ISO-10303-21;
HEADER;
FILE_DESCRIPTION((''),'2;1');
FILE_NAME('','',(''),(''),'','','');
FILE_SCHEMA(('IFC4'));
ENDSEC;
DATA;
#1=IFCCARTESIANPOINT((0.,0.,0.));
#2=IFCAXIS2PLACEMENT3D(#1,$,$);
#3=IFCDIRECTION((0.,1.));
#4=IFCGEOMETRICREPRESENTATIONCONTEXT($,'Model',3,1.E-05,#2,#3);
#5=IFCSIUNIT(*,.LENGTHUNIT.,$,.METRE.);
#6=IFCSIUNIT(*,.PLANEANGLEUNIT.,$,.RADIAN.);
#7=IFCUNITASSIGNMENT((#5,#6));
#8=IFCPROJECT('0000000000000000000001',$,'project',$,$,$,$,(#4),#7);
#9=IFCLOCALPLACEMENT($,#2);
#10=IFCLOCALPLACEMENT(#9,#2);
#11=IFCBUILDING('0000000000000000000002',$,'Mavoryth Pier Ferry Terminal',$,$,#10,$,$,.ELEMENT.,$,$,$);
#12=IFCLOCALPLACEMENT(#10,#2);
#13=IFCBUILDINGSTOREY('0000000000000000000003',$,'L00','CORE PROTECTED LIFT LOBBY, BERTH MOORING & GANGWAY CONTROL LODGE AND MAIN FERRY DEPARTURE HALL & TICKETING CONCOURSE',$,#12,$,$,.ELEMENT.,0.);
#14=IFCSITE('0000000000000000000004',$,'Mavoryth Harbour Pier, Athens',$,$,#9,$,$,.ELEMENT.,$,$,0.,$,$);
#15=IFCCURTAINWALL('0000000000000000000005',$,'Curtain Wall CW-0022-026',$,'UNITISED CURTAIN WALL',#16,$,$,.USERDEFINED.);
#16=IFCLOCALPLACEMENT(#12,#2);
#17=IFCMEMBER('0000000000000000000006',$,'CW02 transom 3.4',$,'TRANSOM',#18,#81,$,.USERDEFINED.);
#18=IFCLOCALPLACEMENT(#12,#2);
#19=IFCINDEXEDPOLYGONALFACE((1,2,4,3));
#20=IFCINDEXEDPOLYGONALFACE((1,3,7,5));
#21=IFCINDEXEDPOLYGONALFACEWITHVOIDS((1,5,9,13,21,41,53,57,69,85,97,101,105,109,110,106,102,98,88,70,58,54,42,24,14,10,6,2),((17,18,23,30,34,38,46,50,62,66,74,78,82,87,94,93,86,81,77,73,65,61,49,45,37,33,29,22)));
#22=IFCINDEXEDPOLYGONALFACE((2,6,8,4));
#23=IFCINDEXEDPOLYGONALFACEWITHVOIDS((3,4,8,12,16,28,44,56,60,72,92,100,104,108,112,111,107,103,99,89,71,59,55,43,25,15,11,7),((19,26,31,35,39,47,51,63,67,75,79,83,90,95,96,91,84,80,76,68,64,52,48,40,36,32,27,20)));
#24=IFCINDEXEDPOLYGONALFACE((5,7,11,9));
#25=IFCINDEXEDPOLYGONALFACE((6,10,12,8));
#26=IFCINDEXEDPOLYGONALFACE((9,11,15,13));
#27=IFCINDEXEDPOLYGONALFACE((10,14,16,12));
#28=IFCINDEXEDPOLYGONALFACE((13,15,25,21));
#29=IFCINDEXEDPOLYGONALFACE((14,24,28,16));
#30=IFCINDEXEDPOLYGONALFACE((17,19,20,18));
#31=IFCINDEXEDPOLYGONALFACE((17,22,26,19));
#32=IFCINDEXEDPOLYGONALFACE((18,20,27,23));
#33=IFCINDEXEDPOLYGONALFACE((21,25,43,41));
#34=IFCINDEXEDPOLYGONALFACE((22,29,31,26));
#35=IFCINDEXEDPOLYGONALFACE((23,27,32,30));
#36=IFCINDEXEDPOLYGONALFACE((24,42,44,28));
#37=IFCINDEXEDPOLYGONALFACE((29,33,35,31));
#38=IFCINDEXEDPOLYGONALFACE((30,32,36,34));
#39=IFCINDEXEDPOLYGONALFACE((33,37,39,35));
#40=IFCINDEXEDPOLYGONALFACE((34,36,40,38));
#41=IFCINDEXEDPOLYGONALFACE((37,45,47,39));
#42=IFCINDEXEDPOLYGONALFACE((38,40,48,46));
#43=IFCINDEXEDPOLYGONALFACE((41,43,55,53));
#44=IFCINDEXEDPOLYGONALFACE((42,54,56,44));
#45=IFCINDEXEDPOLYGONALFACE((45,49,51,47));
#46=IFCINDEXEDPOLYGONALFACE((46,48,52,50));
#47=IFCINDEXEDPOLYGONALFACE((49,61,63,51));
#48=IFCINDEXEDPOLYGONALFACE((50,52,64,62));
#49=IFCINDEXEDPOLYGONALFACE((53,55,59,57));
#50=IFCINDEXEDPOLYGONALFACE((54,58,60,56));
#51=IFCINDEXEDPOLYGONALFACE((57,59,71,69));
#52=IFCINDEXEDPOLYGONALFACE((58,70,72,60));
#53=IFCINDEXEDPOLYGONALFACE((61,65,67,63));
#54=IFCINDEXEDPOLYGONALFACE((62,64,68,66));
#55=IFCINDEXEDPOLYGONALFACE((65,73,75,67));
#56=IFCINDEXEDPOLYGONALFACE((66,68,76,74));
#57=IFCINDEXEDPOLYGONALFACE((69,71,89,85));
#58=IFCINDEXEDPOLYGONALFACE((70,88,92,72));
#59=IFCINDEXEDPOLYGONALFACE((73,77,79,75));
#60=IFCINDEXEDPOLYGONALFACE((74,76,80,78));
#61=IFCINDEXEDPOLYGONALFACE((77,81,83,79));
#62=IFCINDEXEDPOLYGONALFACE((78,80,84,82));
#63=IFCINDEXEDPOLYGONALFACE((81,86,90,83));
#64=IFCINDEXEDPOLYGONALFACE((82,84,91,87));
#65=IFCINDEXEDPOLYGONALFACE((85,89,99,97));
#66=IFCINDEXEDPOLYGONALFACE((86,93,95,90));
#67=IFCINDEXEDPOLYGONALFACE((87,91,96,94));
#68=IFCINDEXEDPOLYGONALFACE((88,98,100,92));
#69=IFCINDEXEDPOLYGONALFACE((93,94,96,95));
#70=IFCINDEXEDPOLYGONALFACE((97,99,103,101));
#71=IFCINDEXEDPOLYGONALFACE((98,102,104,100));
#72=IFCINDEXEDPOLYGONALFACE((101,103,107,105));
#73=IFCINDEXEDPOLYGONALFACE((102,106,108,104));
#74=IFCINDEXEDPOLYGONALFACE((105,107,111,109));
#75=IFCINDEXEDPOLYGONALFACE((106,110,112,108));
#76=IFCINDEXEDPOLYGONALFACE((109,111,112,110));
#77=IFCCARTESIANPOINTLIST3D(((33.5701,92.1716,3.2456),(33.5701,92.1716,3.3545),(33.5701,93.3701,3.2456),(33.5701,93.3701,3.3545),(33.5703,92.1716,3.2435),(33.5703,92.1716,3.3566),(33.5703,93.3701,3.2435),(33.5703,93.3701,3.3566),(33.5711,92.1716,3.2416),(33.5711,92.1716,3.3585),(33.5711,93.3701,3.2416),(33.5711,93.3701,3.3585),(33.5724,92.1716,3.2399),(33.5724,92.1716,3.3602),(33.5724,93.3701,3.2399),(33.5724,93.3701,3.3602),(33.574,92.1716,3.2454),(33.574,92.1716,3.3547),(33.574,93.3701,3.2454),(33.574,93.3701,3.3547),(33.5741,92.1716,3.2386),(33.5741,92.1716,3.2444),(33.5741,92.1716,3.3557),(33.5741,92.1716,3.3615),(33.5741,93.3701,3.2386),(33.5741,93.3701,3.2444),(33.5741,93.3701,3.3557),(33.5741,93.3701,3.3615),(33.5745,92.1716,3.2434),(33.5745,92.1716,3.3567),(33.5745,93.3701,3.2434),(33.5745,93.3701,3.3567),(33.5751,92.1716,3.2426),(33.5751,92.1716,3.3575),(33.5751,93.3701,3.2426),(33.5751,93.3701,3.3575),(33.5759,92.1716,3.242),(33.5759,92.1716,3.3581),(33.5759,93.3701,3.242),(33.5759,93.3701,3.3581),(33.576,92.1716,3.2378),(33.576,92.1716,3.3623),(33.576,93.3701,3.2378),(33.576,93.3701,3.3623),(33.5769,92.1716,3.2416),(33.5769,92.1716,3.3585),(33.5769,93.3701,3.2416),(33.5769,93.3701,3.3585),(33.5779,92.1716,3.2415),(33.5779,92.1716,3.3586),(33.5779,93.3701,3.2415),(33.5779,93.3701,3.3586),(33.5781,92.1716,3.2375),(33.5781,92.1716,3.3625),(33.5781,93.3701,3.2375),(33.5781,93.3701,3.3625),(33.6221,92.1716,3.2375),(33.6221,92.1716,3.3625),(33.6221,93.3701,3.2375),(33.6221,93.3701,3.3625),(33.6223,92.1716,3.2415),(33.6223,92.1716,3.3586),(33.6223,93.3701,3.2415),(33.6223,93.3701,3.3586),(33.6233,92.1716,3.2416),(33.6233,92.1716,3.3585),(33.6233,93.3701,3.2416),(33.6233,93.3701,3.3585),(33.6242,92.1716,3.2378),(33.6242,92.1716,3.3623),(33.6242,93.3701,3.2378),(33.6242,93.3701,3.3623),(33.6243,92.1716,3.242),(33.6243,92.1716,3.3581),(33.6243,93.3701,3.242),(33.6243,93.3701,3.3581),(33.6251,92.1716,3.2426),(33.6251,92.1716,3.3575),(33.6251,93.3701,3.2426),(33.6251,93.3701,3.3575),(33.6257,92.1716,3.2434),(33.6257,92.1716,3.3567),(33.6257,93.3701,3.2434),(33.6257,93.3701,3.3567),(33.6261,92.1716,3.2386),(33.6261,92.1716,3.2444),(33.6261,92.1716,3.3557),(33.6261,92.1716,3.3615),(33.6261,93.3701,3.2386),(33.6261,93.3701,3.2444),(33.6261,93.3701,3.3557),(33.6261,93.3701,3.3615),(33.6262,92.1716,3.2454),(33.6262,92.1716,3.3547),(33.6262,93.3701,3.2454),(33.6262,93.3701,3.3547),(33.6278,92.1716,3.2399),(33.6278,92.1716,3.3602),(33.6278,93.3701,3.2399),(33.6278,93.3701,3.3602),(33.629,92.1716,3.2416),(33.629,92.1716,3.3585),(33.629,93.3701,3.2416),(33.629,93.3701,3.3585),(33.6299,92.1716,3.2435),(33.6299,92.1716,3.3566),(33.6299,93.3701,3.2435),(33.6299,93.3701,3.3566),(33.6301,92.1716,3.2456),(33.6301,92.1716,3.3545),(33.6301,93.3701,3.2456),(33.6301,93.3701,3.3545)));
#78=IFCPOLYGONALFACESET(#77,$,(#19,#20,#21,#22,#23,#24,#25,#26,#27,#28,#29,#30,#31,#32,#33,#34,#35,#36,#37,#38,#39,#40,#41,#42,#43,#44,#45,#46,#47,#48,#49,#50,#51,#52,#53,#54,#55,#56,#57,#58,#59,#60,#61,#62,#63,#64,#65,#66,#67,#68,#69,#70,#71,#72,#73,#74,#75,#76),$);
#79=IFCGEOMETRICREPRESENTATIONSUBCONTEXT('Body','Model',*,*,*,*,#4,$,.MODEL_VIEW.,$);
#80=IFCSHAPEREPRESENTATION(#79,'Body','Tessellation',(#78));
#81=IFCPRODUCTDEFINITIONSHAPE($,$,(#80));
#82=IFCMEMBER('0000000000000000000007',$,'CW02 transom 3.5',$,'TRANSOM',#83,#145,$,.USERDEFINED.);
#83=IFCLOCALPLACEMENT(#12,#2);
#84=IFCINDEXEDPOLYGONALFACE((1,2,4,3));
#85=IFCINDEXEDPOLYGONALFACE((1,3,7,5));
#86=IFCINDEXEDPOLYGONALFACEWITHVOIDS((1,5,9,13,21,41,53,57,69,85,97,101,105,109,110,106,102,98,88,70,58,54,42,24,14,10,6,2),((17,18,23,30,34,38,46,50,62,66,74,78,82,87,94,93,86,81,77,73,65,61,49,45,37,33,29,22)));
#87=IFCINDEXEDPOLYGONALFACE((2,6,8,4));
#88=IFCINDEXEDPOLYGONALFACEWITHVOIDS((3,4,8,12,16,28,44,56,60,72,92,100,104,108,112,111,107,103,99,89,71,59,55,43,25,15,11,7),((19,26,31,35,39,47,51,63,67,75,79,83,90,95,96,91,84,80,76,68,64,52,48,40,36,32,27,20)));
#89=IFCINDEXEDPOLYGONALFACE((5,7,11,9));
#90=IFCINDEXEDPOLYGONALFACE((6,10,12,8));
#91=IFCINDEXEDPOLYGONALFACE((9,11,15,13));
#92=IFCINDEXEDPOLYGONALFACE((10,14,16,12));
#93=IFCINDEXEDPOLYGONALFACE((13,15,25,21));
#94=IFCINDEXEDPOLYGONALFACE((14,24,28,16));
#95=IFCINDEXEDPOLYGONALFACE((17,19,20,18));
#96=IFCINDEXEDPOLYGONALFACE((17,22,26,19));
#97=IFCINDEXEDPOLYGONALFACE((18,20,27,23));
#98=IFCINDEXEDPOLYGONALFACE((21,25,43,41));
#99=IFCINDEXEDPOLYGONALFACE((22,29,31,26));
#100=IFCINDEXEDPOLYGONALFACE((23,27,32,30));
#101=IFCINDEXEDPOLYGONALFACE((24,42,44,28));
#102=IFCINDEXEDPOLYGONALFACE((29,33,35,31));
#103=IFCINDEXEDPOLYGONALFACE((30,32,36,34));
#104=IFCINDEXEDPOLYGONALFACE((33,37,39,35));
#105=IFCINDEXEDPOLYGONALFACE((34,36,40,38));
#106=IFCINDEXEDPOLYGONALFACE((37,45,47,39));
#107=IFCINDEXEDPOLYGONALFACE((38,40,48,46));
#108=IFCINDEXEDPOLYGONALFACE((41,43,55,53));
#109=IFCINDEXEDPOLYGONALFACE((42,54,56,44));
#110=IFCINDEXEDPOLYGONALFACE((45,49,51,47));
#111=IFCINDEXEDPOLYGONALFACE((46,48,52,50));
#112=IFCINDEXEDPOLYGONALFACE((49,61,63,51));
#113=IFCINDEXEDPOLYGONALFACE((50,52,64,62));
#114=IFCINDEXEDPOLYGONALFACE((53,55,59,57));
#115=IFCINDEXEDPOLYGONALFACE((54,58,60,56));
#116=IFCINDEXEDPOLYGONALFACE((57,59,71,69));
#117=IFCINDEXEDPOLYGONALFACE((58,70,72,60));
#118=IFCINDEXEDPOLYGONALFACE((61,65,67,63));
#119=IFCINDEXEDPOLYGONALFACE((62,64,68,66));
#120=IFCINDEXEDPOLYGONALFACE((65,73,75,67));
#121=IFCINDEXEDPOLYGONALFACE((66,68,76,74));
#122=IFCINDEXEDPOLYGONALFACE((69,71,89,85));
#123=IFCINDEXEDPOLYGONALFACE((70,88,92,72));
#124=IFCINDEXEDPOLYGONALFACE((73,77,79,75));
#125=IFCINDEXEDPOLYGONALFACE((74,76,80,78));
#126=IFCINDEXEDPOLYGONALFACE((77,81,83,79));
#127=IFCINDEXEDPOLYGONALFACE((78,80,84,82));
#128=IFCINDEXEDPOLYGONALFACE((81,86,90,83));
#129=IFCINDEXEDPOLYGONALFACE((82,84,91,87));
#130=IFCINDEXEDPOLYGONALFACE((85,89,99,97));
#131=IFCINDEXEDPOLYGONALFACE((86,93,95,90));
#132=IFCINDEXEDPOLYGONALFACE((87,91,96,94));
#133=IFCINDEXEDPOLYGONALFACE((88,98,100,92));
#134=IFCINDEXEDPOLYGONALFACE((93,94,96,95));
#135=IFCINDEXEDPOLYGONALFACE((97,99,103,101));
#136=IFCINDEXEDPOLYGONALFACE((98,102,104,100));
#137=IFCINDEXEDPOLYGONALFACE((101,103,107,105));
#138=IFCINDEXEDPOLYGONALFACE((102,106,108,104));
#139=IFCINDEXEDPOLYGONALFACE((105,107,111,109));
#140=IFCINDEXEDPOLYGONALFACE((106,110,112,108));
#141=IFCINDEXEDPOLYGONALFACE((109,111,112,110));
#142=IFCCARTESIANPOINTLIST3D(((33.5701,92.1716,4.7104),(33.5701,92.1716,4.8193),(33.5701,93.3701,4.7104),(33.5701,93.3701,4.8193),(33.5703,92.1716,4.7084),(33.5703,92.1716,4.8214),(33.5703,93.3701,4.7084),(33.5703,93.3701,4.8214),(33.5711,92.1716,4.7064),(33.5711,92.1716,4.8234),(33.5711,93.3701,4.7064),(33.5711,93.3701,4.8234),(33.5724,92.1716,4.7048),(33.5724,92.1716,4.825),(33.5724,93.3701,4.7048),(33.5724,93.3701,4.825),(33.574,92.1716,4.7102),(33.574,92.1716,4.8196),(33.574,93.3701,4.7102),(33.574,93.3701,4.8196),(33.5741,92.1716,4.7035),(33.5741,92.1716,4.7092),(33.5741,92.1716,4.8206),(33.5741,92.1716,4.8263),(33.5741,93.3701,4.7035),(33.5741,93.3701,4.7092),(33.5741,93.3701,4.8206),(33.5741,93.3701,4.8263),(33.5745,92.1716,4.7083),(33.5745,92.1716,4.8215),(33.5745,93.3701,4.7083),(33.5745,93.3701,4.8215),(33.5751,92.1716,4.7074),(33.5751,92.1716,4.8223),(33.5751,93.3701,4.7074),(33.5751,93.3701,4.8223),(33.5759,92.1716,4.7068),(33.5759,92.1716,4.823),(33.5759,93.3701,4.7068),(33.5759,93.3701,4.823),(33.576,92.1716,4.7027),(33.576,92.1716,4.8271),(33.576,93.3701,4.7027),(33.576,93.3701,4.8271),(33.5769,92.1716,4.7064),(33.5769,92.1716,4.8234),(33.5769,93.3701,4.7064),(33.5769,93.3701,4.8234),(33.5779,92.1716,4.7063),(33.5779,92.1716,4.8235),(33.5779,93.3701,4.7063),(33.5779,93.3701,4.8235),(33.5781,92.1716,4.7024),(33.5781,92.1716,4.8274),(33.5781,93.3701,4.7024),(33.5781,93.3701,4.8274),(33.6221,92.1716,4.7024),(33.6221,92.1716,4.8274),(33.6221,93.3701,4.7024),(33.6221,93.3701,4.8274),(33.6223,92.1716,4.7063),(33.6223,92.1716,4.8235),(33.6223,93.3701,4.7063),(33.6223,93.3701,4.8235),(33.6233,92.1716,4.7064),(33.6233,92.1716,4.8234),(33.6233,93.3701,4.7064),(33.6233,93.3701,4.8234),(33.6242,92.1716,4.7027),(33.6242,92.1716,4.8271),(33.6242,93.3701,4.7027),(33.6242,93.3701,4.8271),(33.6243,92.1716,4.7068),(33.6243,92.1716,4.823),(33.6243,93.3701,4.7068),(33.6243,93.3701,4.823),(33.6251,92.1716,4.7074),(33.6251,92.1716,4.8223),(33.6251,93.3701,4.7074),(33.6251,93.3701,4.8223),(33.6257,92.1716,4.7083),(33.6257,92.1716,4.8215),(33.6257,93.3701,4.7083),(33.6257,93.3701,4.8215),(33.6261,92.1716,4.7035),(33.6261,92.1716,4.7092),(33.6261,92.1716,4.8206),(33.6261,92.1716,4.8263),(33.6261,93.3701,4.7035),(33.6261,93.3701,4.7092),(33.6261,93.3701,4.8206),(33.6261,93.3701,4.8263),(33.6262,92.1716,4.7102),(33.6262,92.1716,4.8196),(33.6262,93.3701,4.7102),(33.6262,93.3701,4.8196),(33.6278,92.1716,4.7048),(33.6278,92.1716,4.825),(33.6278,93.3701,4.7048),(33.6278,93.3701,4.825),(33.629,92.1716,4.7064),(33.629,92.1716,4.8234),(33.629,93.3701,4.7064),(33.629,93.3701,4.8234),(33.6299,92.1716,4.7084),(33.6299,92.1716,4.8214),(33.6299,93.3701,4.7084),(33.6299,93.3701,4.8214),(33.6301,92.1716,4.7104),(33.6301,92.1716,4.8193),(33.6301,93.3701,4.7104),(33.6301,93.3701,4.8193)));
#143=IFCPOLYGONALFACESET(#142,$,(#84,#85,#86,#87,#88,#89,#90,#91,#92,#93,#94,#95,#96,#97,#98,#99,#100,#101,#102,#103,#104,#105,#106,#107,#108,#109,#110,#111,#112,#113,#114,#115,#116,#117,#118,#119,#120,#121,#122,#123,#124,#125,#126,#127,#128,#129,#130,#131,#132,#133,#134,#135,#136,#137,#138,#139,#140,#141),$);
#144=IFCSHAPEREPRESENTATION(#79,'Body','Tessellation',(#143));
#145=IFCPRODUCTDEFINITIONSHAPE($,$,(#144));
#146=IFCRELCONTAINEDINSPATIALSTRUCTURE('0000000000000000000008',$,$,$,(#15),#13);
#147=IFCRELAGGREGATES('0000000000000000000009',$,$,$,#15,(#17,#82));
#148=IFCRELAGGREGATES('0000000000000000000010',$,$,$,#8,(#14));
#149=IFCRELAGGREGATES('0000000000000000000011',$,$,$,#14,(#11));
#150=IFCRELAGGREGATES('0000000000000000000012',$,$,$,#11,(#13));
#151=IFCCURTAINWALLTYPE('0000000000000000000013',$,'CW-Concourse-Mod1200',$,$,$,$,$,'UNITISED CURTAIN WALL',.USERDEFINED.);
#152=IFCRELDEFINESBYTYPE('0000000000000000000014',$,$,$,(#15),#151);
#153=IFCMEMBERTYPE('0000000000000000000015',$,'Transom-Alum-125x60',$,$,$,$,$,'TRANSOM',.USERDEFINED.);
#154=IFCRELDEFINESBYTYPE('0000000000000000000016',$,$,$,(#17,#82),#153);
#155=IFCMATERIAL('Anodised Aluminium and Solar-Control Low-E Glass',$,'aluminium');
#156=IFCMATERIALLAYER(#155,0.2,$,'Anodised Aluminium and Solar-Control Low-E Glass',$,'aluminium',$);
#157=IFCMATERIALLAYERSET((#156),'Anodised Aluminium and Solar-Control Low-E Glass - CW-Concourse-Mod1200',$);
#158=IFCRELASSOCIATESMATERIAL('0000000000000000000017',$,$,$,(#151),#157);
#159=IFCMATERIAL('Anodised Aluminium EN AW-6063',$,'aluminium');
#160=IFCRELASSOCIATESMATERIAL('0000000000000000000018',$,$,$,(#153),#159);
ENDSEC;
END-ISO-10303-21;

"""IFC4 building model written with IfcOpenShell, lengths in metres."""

from ifc_helpers import new_model, si_unit, direction, frame, origin, origin_2d, place, context, subcontext, project, spatial, hollow_rectangle, extrude, material, layer, layer_set, material_profile, profile_set, type_object, element, aggregate, save


model = new_model("IFC4")

# Units and contexts
model_context = context("Model", 3, precision=1e-05, world=origin(), true_north=direction((0.0, 1.0)))
body_context = subcontext(model_context, "Body", "Model", "MODEL_VIEW")
ifc_project = project(units=[si_unit("LENGTHUNIT", "METRE"), si_unit("PLANEANGLEUNIT", "RADIAN")], contexts=[model_context])

# Site, building, storey
site_placement = place(None, origin())
site = spatial("IfcSite", under=ifc_project, at=site_placement, Name="Mavoryth Harbour Pier, Athens", CompositionType="ELEMENT", RefElevation=0.0)
building_placement = place(site_placement, origin())
building = spatial("IfcBuilding", under=site, at=building_placement, Name="Mavoryth Pier Ferry Terminal", CompositionType="ELEMENT")
storey_placement = place(building_placement, origin())
storey = spatial("IfcBuildingStorey", under=building, at=storey_placement, Name="L00", Description="CORE PROTECTED LIFT LOBBY, BERTH MOORING & GANGWAY CONTROL LODGE AND MAIN FERRY DEPARTURE HALL & TICKETING CONCOURSE", CompositionType="ELEMENT", Elevation=0.0)

# Curtain wall, members
ifc_material_1 = material(Name="Anodised Aluminium and Solar-Control Low-E Glass", Category="aluminium")
ifc_layer_1 = layer(ifc_material_1, 0.2, Name="Anodised Aluminium and Solar-Control Low-E Glass", Category="aluminium")
ifc_layer_set_1 = layer_set([ifc_layer_1], Name="Anodised Aluminium and Solar-Control Low-E Glass - CW-Concourse-Mod1200")
curtain_wall_type = type_object("IfcCurtainWallType", Name="CW-Concourse-Mod1200", ElementType="UNITISED CURTAIN WALL", PredefinedType="USERDEFINED", material=ifc_layer_set_1)
curtain_wall_placement = place(storey_placement, origin())
curtain_wall = element("IfcCurtainWall", 1, at=curtain_wall_placement, inside=storey, type_object=curtain_wall_type, Name="Curtain Wall CW-0022-026", ObjectType="UNITISED CURTAIN WALL", PredefinedType="USERDEFINED")
ifc_material_2 = material(Name="Anodised Aluminium EN AW-6063", Category="aluminium")
ifc_material_profile_1 = material_profile(ifc_material_2, hollow_rectangle(XDim=0.0601, YDim=0.125, WallThickness=0.0039, InnerFilletRadius=0.0039, OuterFilletRadius=0.0081, at=origin_2d()), Name="AL-TRAN 125x60x4", Category="aluminium")
ifc_profile_set_1 = profile_set([ifc_material_profile_1], Name="Anodised Aluminium EN AW-6063 - AL-TRAN 125x60x4")
member_type_1 = type_object("IfcMemberType", Name="Transom-Alum-125x60", ElementType="TRANSOM", PredefinedType="USERDEFINED", material=ifc_profile_set_1)
member_1_placement = place(storey_placement, frame((33.6001, 92.1716, 3.3), z_axis=(0.0, 1.0, 0.0), x_axis=(-1.0, 0.0, 0.0)))
member_1 = element("IfcMember", 2, at=member_1_placement, type_object=member_type_1, Name="CW02 transom 3.4", ObjectType="TRANSOM", PredefinedType="USERDEFINED", context=body_context, shape_type="SweptSolid", body=[
    extrude(hollow_rectangle(XDim=0.0601, YDim=0.125, WallThickness=0.0039, InnerFilletRadius=0.0039, OuterFilletRadius=0.0081, at=origin_2d()), origin(), (0.0, 0.0, 1.0), 1.1985),
])
member_2_placement = place(storey_placement, frame((33.6001, 92.1716, 4.7649), z_axis=(0.0, 1.0, 0.0), x_axis=(-1.0, 0.0, 0.0)))
member_2 = element("IfcMember", 3, at=member_2_placement, type_object=member_type_1, Name="CW02 transom 3.5", ObjectType="TRANSOM", PredefinedType="USERDEFINED", context=body_context, shape_type="SweptSolid", body=[
    extrude(hollow_rectangle(XDim=0.0601, YDim=0.125, WallThickness=0.0039, InnerFilletRadius=0.0039, OuterFilletRadius=0.0081, at=origin_2d()), origin(), (0.0, 0.0, 1.0), 1.1985),
])
aggregate(curtain_wall, [member_1, member_2])

save(model, "model.ifc")
